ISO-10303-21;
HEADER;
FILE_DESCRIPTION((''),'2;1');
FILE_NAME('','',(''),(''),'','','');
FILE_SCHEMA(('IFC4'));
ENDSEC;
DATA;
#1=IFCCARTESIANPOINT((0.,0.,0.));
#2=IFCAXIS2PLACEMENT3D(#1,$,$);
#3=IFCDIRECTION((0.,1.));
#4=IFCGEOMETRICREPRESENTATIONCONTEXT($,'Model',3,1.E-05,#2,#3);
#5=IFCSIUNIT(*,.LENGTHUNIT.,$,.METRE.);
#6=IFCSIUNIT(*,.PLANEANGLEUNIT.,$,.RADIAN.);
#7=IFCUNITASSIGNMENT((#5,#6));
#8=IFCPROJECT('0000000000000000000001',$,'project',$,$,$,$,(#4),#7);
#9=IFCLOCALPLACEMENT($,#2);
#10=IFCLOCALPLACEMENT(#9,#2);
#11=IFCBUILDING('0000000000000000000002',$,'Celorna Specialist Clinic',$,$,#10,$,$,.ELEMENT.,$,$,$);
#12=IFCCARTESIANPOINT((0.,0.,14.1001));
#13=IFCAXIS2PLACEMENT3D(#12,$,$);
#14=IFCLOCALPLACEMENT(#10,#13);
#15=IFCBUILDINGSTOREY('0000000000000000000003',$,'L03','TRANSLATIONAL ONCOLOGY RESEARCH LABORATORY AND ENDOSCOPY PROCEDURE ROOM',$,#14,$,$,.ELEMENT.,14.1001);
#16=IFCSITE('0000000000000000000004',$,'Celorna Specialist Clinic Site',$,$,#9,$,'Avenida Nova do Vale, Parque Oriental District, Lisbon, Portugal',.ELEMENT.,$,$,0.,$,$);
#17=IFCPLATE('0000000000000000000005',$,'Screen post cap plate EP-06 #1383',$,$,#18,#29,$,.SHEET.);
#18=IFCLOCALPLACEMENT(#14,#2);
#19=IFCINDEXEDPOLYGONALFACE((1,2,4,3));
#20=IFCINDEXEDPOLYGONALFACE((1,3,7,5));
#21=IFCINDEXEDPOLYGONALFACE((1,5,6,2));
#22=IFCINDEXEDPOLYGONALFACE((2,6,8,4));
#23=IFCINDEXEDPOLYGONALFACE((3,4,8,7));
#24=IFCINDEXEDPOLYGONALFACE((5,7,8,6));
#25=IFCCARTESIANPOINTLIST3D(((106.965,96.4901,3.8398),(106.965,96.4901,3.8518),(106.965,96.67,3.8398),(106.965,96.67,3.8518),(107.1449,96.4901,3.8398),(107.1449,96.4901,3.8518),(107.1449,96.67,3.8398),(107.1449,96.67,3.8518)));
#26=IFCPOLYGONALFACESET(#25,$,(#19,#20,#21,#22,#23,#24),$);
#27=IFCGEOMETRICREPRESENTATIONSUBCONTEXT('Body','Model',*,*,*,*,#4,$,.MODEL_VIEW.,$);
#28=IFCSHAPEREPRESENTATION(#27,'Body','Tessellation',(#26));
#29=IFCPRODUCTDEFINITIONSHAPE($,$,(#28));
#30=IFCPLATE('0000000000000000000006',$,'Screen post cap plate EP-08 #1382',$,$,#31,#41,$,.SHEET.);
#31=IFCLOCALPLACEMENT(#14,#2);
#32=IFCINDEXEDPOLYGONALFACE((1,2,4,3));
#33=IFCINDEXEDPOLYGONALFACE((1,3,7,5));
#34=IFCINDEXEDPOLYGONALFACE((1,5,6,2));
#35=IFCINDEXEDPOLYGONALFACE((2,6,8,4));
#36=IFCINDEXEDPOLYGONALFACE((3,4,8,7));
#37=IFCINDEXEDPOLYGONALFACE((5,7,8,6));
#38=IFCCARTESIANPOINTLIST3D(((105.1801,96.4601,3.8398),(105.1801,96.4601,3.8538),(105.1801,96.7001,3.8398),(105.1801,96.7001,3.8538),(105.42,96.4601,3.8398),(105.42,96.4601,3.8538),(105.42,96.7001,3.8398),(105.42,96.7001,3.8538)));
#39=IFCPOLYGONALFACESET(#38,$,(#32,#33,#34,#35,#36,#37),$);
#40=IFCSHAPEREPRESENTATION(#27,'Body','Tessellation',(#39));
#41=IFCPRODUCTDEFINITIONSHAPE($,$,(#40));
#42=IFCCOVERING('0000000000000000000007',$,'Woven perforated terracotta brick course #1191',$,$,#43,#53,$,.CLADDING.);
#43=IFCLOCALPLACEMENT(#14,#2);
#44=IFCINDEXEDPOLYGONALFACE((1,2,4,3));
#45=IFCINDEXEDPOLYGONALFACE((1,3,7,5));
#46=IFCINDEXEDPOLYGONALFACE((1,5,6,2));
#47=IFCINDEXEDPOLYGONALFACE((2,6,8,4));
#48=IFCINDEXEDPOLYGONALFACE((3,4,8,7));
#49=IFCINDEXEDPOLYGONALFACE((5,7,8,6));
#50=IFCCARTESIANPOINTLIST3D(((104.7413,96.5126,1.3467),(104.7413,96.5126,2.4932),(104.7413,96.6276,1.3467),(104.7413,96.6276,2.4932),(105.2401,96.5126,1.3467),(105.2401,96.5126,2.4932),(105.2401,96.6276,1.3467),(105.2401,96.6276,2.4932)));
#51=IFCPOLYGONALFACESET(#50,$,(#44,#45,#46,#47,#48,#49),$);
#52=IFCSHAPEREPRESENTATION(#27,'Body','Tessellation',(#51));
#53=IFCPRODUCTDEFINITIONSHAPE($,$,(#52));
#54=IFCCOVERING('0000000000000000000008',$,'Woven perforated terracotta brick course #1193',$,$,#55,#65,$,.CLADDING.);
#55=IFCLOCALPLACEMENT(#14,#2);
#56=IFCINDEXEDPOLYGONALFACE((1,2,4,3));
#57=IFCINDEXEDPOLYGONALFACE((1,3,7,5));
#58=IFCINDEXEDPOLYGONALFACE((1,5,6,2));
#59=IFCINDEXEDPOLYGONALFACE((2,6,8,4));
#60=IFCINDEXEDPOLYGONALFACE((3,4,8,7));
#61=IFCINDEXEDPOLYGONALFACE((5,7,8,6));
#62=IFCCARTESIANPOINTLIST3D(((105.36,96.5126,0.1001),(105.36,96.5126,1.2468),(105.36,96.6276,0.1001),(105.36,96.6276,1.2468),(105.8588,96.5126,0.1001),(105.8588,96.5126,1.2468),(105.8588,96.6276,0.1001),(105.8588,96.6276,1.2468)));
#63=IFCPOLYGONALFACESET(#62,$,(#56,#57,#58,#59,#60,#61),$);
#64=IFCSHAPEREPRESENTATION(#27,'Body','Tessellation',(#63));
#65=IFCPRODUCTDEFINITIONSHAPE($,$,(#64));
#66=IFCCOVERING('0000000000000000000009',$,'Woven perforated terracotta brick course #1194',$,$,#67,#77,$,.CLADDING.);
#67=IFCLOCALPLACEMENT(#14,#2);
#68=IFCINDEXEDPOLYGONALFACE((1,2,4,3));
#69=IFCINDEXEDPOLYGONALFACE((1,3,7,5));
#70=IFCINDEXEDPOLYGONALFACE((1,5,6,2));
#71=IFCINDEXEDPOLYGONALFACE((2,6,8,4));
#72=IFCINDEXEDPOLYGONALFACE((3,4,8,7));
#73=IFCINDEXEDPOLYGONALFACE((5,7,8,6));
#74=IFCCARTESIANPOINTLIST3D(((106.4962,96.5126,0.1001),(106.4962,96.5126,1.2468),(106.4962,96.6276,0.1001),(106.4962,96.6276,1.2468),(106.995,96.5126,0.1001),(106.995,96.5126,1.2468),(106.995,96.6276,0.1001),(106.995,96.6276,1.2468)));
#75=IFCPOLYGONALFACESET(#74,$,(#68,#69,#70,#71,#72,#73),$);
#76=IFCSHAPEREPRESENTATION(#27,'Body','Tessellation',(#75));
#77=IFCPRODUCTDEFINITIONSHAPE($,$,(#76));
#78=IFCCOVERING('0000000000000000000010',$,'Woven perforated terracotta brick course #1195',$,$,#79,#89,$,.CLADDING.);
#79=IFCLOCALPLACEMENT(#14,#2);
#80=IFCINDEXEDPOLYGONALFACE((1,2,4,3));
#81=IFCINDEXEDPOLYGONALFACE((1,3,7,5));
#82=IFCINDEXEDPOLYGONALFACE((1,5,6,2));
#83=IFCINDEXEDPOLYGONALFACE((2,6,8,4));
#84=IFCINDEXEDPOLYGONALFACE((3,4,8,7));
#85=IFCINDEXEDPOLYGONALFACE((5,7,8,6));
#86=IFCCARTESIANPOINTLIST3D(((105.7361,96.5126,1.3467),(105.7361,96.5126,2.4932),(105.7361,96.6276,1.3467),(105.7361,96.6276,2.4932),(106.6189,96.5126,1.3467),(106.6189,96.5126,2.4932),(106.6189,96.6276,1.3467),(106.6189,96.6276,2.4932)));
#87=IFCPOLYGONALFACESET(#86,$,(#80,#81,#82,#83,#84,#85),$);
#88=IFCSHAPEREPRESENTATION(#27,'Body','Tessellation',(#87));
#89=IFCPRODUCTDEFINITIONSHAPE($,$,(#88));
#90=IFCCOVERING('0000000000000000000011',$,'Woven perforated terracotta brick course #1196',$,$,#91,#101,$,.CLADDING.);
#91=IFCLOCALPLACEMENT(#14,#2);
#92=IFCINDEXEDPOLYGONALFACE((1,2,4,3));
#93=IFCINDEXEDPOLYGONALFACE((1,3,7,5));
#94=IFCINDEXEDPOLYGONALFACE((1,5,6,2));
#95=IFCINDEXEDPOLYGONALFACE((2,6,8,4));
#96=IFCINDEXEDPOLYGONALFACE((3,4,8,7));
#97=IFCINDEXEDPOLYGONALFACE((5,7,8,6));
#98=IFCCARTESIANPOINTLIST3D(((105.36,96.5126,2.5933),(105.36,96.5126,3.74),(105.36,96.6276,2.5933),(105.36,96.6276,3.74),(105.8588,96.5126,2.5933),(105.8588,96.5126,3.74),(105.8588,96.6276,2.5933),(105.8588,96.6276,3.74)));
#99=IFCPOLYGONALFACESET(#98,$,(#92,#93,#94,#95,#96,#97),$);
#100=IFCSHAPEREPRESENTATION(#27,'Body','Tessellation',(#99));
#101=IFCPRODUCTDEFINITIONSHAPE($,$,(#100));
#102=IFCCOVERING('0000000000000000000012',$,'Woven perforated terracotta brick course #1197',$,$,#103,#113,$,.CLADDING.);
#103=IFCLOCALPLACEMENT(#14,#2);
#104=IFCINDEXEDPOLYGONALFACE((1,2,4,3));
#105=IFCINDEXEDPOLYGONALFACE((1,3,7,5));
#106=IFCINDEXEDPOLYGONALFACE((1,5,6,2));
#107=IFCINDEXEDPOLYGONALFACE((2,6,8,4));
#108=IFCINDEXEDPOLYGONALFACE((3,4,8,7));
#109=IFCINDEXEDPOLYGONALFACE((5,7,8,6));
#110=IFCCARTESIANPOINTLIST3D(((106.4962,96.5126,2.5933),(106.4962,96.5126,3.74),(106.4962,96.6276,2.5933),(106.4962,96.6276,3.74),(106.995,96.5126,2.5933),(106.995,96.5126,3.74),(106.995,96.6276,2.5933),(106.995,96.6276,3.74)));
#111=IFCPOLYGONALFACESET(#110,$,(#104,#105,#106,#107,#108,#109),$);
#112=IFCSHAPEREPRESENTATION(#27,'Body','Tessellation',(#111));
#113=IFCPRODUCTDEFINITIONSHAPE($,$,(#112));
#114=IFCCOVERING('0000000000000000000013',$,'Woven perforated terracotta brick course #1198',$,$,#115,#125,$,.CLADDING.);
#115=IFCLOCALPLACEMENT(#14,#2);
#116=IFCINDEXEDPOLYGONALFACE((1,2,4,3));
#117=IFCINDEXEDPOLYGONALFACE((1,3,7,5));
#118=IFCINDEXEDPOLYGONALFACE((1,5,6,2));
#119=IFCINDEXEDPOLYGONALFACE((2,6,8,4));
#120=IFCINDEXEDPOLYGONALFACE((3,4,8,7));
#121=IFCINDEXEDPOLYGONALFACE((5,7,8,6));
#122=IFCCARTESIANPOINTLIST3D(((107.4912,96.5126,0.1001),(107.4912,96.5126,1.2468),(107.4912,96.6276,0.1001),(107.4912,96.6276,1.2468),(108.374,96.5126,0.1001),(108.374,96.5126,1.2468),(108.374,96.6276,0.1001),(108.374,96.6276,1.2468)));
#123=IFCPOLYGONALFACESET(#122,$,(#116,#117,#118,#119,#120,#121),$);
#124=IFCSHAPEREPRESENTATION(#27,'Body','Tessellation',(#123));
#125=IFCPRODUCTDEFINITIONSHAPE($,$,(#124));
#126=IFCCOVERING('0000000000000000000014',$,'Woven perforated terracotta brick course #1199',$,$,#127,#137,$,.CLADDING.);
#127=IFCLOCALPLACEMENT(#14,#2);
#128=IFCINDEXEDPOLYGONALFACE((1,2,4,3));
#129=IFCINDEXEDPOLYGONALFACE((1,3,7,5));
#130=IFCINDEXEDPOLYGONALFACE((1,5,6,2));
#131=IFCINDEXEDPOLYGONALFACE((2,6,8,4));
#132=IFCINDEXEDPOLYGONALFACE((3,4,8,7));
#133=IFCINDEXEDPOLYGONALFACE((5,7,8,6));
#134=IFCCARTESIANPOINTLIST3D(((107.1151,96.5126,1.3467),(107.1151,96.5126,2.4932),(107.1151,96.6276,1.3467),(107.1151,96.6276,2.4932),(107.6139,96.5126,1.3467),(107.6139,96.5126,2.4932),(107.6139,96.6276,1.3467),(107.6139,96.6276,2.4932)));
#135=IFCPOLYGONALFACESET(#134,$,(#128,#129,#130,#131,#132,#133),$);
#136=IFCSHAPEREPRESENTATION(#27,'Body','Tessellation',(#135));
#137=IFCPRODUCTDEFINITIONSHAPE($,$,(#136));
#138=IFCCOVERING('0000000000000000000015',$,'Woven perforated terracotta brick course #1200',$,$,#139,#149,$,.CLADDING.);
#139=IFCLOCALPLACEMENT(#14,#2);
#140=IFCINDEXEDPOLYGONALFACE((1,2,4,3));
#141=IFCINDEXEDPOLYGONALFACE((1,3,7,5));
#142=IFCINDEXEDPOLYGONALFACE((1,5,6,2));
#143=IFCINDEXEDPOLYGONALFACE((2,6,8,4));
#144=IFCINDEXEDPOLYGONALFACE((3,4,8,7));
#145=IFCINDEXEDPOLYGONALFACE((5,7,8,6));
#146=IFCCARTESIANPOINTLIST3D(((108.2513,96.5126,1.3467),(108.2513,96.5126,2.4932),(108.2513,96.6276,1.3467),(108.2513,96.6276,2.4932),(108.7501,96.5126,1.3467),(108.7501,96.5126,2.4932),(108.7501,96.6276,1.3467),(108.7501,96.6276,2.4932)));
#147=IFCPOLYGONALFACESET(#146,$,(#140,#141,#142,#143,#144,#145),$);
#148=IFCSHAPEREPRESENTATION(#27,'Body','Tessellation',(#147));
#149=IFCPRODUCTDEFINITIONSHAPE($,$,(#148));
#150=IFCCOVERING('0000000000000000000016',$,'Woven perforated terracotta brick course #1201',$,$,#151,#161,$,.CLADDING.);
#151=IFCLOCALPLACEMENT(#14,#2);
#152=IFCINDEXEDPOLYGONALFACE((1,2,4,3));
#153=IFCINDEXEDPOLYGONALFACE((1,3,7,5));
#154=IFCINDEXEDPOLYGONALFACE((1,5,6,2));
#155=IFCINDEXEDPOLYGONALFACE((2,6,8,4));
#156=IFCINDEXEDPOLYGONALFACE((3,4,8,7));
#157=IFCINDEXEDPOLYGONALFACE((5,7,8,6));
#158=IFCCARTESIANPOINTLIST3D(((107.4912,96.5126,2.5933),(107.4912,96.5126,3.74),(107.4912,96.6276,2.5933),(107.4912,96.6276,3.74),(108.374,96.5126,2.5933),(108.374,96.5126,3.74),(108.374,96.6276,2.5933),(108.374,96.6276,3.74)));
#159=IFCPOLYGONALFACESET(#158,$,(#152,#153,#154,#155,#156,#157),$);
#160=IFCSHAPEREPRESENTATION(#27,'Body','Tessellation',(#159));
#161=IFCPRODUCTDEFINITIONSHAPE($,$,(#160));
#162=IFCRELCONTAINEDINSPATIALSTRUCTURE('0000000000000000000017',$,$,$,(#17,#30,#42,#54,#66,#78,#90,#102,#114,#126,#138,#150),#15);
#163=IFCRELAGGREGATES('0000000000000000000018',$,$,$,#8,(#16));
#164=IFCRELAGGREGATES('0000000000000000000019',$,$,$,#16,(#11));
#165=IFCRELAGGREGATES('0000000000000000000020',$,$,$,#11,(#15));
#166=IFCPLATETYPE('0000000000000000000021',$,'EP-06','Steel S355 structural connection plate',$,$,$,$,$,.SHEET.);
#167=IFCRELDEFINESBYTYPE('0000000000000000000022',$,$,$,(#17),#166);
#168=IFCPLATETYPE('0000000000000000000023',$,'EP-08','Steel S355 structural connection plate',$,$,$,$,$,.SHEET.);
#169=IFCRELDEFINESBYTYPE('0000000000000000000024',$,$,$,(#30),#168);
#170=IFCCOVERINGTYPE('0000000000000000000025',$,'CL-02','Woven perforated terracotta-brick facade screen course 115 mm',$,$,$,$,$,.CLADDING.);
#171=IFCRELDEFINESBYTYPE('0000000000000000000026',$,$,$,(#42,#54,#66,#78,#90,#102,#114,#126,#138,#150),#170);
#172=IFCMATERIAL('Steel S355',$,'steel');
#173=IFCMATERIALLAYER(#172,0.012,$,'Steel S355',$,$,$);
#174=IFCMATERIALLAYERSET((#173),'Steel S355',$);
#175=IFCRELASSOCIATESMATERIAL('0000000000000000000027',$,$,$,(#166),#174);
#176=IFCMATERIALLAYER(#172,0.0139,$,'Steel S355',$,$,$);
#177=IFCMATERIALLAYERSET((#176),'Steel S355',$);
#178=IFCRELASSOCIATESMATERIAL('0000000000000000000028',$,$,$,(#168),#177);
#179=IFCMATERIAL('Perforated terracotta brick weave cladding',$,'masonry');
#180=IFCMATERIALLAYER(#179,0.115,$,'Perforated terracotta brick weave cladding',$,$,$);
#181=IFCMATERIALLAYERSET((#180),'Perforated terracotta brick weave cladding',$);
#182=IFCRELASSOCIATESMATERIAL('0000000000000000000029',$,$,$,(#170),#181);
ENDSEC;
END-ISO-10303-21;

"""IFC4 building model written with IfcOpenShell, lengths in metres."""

from ifc_helpers import new_model, si_unit, direction, frame, origin, origin_2d, place, context, subcontext, project, spatial, rectangle, extrude, material, layer, layer_set, type_object, element, save


model = new_model("IFC4")

# Units and contexts
model_context = context("Model", 3, precision=1e-05, world=origin(), true_north=direction((0.0, 1.0)))
body_context = subcontext(model_context, "Body", "Model", "MODEL_VIEW")
ifc_project = project(units=[si_unit("LENGTHUNIT", "METRE"), si_unit("PLANEANGLEUNIT", "RADIAN")], contexts=[model_context])

# Site, building, storey
site_placement = place(None, origin())
site = spatial("IfcSite", under=ifc_project, at=site_placement, Name="Celorna Specialist Clinic Site", LongName="Avenida Nova do Vale, Parque Oriental District, Lisbon, Portugal", CompositionType="ELEMENT", RefElevation=0.0)
building_placement = place(site_placement, origin())
building = spatial("IfcBuilding", under=site, at=building_placement, Name="Celorna Specialist Clinic", CompositionType="ELEMENT")
storey_placement = place(building_placement, frame((0.0, 0.0, 14.1001)))
storey = spatial("IfcBuildingStorey", under=building, at=storey_placement, Name="L03", Description="TRANSLATIONAL ONCOLOGY RESEARCH LABORATORY AND ENDOSCOPY PROCEDURE ROOM", CompositionType="ELEMENT", Elevation=14.1001)

# Shared definitions
ifc_material_1 = material(Name="Steel S355", Category="steel")

# Plates
ifc_layer_1 = layer(ifc_material_1, 0.012, Name="Steel S355")
ifc_layer_set_1 = layer_set([ifc_layer_1], Name="Steel S355")
plate_type_1 = type_object("IfcPlateType", Name="EP-06", Description="Steel S355 structural connection plate", PredefinedType="SHEET", material=ifc_layer_set_1)
plate_1_placement = place(storey_placement, frame((107.0549, 96.5801, 3.8398), z_axis=(0.0, 0.0, 1.0), x_axis=(1.0, 0.0, 0.0)))
element("IfcPlate", 1, at=plate_1_placement, inside=storey, type_object=plate_type_1, Name="Screen post cap plate EP-06 #1383", PredefinedType="SHEET", context=body_context, shape_type="SweptSolid", body=[
    extrude(rectangle(XDim=0.1799, YDim=0.1799, at=origin_2d()), origin(), (0.0, 0.0, 1.0), 0.012),
])
ifc_layer_2 = layer(ifc_material_1, 0.0139, Name="Steel S355")
ifc_layer_set_2 = layer_set([ifc_layer_2], Name="Steel S355")
plate_type_2 = type_object("IfcPlateType", Name="EP-08", Description="Steel S355 structural connection plate", PredefinedType="SHEET", material=ifc_layer_set_2)
plate_2_placement = place(storey_placement, frame((105.3, 96.5801, 3.8398), z_axis=(0.0, 0.0, 1.0), x_axis=(1.0, 0.0, 0.0)))
element("IfcPlate", 2, at=plate_2_placement, inside=storey, type_object=plate_type_2, Name="Screen post cap plate EP-08 #1382", PredefinedType="SHEET", context=body_context, shape_type="SweptSolid", body=[
    extrude(rectangle(XDim=0.24, YDim=0.24, at=origin_2d()), origin(), (0.0, 0.0, 1.0), 0.0139),
])

# Coverings
ifc_material_2 = material(Name="Perforated terracotta brick weave cladding", Category="masonry")
ifc_layer_3 = layer(ifc_material_2, 0.115, Name="Perforated terracotta brick weave cladding")
ifc_layer_set_3 = layer_set([ifc_layer_3], Name="Perforated terracotta brick weave cladding")
covering_type = type_object("IfcCoveringType", Name="CL-02", Description="Woven perforated terracotta-brick facade screen course 115 mm", PredefinedType="CLADDING", material=ifc_layer_set_3)
covering_1_placement = place(storey_placement, frame((104.9907, 96.5701, 1.3467), z_axis=(0.0, 0.0, 1.0), x_axis=(1.0, 0.0, 0.0)))
element("IfcCovering", 3, at=covering_1_placement, inside=storey, type_object=covering_type, Name="Woven perforated terracotta brick course #1191", PredefinedType="CLADDING", context=body_context, shape_type="SweptSolid", body=[
    extrude(rectangle(XDim=0.4988, YDim=0.115, at=origin_2d()), origin(), (0.0, 0.0, 1.0), 1.1465),
])
for number, where, z_axis, x_axis, name in (
    (4, (105.6094, 96.5701, 0.1001), (0.0, 0.0, 1.0), (1.0, 0.0, 0.0), "Woven perforated terracotta brick course #1193"),
    (5, (106.7456, 96.5701, 0.1001), (0.0, 0.0, 1.0), (1.0, 0.0, 0.0), "Woven perforated terracotta brick course #1194"),
):
    element("IfcCovering", number, at=place(storey_placement, frame(where, z_axis=z_axis, x_axis=x_axis)), inside=storey, type_object=covering_type, Name=name, PredefinedType="CLADDING", context=body_context, shape_type="SweptSolid", body=[
        extrude(rectangle(XDim=0.4988, YDim=0.115, at=origin_2d()), origin(), (0.0, 0.0, 1.0), 1.1467),
    ])
covering_2_placement = place(storey_placement, frame((106.1775, 96.5701, 1.3467), z_axis=(0.0, 0.0, 1.0), x_axis=(1.0, 0.0, 0.0)))
element("IfcCovering", 6, at=covering_2_placement, inside=storey, type_object=covering_type, Name="Woven perforated terracotta brick course #1195", PredefinedType="CLADDING", context=body_context, shape_type="SweptSolid", body=[
    extrude(rectangle(XDim=0.8828, YDim=0.115, at=origin_2d()), origin(), (0.0, 0.0, 1.0), 1.1465),
])
for number, where, z_axis, x_axis, name in (
    (7, (105.6094, 96.5701, 2.5933), (0.0, 0.0, 1.0), (1.0, 0.0, 0.0), "Woven perforated terracotta brick course #1196"),
    (8, (106.7456, 96.5701, 2.5933), (0.0, 0.0, 1.0), (1.0, 0.0, 0.0), "Woven perforated terracotta brick course #1197"),
):
    element("IfcCovering", number, at=place(storey_placement, frame(where, z_axis=z_axis, x_axis=x_axis)), inside=storey, type_object=covering_type, Name=name, PredefinedType="CLADDING", context=body_context, shape_type="SweptSolid", body=[
        extrude(rectangle(XDim=0.4988, YDim=0.115, at=origin_2d()), origin(), (0.0, 0.0, 1.0), 1.1467),
    ])
covering_3_placement = place(storey_placement, frame((107.9326, 96.5701, 0.1001), z_axis=(0.0, 0.0, 1.0), x_axis=(1.0, 0.0, 0.0)))
element("IfcCovering", 9, at=covering_3_placement, inside=storey, type_object=covering_type, Name="Woven perforated terracotta brick course #1198", PredefinedType="CLADDING", context=body_context, shape_type="SweptSolid", body=[
    extrude(rectangle(XDim=0.8828, YDim=0.115, at=origin_2d()), origin(), (0.0, 0.0, 1.0), 1.1467),
])
for number, where, z_axis, x_axis, name in (
    (10, (107.3645, 96.5701, 1.3467), (0.0, 0.0, 1.0), (1.0, 0.0, 0.0), "Woven perforated terracotta brick course #1199"),
    (11, (108.5007, 96.5701, 1.3467), (0.0, 0.0, 1.0), (1.0, 0.0, 0.0), "Woven perforated terracotta brick course #1200"),
):
    element("IfcCovering", number, at=place(storey_placement, frame(where, z_axis=z_axis, x_axis=x_axis)), inside=storey, type_object=covering_type, Name=name, PredefinedType="CLADDING", context=body_context, shape_type="SweptSolid", body=[
        extrude(rectangle(XDim=0.4988, YDim=0.115, at=origin_2d()), origin(), (0.0, 0.0, 1.0), 1.1465),
    ])
covering_4_placement = place(storey_placement, frame((107.9326, 96.5701, 2.5933), z_axis=(0.0, 0.0, 1.0), x_axis=(1.0, 0.0, 0.0)))
element("IfcCovering", 12, at=covering_4_placement, inside=storey, type_object=covering_type, Name="Woven perforated terracotta brick course #1201", PredefinedType="CLADDING", context=body_context, shape_type="SweptSolid", body=[
    extrude(rectangle(XDim=0.8828, YDim=0.115, at=origin_2d()), origin(), (0.0, 0.0, 1.0), 1.1467),
])

save(model, "model.ifc")
